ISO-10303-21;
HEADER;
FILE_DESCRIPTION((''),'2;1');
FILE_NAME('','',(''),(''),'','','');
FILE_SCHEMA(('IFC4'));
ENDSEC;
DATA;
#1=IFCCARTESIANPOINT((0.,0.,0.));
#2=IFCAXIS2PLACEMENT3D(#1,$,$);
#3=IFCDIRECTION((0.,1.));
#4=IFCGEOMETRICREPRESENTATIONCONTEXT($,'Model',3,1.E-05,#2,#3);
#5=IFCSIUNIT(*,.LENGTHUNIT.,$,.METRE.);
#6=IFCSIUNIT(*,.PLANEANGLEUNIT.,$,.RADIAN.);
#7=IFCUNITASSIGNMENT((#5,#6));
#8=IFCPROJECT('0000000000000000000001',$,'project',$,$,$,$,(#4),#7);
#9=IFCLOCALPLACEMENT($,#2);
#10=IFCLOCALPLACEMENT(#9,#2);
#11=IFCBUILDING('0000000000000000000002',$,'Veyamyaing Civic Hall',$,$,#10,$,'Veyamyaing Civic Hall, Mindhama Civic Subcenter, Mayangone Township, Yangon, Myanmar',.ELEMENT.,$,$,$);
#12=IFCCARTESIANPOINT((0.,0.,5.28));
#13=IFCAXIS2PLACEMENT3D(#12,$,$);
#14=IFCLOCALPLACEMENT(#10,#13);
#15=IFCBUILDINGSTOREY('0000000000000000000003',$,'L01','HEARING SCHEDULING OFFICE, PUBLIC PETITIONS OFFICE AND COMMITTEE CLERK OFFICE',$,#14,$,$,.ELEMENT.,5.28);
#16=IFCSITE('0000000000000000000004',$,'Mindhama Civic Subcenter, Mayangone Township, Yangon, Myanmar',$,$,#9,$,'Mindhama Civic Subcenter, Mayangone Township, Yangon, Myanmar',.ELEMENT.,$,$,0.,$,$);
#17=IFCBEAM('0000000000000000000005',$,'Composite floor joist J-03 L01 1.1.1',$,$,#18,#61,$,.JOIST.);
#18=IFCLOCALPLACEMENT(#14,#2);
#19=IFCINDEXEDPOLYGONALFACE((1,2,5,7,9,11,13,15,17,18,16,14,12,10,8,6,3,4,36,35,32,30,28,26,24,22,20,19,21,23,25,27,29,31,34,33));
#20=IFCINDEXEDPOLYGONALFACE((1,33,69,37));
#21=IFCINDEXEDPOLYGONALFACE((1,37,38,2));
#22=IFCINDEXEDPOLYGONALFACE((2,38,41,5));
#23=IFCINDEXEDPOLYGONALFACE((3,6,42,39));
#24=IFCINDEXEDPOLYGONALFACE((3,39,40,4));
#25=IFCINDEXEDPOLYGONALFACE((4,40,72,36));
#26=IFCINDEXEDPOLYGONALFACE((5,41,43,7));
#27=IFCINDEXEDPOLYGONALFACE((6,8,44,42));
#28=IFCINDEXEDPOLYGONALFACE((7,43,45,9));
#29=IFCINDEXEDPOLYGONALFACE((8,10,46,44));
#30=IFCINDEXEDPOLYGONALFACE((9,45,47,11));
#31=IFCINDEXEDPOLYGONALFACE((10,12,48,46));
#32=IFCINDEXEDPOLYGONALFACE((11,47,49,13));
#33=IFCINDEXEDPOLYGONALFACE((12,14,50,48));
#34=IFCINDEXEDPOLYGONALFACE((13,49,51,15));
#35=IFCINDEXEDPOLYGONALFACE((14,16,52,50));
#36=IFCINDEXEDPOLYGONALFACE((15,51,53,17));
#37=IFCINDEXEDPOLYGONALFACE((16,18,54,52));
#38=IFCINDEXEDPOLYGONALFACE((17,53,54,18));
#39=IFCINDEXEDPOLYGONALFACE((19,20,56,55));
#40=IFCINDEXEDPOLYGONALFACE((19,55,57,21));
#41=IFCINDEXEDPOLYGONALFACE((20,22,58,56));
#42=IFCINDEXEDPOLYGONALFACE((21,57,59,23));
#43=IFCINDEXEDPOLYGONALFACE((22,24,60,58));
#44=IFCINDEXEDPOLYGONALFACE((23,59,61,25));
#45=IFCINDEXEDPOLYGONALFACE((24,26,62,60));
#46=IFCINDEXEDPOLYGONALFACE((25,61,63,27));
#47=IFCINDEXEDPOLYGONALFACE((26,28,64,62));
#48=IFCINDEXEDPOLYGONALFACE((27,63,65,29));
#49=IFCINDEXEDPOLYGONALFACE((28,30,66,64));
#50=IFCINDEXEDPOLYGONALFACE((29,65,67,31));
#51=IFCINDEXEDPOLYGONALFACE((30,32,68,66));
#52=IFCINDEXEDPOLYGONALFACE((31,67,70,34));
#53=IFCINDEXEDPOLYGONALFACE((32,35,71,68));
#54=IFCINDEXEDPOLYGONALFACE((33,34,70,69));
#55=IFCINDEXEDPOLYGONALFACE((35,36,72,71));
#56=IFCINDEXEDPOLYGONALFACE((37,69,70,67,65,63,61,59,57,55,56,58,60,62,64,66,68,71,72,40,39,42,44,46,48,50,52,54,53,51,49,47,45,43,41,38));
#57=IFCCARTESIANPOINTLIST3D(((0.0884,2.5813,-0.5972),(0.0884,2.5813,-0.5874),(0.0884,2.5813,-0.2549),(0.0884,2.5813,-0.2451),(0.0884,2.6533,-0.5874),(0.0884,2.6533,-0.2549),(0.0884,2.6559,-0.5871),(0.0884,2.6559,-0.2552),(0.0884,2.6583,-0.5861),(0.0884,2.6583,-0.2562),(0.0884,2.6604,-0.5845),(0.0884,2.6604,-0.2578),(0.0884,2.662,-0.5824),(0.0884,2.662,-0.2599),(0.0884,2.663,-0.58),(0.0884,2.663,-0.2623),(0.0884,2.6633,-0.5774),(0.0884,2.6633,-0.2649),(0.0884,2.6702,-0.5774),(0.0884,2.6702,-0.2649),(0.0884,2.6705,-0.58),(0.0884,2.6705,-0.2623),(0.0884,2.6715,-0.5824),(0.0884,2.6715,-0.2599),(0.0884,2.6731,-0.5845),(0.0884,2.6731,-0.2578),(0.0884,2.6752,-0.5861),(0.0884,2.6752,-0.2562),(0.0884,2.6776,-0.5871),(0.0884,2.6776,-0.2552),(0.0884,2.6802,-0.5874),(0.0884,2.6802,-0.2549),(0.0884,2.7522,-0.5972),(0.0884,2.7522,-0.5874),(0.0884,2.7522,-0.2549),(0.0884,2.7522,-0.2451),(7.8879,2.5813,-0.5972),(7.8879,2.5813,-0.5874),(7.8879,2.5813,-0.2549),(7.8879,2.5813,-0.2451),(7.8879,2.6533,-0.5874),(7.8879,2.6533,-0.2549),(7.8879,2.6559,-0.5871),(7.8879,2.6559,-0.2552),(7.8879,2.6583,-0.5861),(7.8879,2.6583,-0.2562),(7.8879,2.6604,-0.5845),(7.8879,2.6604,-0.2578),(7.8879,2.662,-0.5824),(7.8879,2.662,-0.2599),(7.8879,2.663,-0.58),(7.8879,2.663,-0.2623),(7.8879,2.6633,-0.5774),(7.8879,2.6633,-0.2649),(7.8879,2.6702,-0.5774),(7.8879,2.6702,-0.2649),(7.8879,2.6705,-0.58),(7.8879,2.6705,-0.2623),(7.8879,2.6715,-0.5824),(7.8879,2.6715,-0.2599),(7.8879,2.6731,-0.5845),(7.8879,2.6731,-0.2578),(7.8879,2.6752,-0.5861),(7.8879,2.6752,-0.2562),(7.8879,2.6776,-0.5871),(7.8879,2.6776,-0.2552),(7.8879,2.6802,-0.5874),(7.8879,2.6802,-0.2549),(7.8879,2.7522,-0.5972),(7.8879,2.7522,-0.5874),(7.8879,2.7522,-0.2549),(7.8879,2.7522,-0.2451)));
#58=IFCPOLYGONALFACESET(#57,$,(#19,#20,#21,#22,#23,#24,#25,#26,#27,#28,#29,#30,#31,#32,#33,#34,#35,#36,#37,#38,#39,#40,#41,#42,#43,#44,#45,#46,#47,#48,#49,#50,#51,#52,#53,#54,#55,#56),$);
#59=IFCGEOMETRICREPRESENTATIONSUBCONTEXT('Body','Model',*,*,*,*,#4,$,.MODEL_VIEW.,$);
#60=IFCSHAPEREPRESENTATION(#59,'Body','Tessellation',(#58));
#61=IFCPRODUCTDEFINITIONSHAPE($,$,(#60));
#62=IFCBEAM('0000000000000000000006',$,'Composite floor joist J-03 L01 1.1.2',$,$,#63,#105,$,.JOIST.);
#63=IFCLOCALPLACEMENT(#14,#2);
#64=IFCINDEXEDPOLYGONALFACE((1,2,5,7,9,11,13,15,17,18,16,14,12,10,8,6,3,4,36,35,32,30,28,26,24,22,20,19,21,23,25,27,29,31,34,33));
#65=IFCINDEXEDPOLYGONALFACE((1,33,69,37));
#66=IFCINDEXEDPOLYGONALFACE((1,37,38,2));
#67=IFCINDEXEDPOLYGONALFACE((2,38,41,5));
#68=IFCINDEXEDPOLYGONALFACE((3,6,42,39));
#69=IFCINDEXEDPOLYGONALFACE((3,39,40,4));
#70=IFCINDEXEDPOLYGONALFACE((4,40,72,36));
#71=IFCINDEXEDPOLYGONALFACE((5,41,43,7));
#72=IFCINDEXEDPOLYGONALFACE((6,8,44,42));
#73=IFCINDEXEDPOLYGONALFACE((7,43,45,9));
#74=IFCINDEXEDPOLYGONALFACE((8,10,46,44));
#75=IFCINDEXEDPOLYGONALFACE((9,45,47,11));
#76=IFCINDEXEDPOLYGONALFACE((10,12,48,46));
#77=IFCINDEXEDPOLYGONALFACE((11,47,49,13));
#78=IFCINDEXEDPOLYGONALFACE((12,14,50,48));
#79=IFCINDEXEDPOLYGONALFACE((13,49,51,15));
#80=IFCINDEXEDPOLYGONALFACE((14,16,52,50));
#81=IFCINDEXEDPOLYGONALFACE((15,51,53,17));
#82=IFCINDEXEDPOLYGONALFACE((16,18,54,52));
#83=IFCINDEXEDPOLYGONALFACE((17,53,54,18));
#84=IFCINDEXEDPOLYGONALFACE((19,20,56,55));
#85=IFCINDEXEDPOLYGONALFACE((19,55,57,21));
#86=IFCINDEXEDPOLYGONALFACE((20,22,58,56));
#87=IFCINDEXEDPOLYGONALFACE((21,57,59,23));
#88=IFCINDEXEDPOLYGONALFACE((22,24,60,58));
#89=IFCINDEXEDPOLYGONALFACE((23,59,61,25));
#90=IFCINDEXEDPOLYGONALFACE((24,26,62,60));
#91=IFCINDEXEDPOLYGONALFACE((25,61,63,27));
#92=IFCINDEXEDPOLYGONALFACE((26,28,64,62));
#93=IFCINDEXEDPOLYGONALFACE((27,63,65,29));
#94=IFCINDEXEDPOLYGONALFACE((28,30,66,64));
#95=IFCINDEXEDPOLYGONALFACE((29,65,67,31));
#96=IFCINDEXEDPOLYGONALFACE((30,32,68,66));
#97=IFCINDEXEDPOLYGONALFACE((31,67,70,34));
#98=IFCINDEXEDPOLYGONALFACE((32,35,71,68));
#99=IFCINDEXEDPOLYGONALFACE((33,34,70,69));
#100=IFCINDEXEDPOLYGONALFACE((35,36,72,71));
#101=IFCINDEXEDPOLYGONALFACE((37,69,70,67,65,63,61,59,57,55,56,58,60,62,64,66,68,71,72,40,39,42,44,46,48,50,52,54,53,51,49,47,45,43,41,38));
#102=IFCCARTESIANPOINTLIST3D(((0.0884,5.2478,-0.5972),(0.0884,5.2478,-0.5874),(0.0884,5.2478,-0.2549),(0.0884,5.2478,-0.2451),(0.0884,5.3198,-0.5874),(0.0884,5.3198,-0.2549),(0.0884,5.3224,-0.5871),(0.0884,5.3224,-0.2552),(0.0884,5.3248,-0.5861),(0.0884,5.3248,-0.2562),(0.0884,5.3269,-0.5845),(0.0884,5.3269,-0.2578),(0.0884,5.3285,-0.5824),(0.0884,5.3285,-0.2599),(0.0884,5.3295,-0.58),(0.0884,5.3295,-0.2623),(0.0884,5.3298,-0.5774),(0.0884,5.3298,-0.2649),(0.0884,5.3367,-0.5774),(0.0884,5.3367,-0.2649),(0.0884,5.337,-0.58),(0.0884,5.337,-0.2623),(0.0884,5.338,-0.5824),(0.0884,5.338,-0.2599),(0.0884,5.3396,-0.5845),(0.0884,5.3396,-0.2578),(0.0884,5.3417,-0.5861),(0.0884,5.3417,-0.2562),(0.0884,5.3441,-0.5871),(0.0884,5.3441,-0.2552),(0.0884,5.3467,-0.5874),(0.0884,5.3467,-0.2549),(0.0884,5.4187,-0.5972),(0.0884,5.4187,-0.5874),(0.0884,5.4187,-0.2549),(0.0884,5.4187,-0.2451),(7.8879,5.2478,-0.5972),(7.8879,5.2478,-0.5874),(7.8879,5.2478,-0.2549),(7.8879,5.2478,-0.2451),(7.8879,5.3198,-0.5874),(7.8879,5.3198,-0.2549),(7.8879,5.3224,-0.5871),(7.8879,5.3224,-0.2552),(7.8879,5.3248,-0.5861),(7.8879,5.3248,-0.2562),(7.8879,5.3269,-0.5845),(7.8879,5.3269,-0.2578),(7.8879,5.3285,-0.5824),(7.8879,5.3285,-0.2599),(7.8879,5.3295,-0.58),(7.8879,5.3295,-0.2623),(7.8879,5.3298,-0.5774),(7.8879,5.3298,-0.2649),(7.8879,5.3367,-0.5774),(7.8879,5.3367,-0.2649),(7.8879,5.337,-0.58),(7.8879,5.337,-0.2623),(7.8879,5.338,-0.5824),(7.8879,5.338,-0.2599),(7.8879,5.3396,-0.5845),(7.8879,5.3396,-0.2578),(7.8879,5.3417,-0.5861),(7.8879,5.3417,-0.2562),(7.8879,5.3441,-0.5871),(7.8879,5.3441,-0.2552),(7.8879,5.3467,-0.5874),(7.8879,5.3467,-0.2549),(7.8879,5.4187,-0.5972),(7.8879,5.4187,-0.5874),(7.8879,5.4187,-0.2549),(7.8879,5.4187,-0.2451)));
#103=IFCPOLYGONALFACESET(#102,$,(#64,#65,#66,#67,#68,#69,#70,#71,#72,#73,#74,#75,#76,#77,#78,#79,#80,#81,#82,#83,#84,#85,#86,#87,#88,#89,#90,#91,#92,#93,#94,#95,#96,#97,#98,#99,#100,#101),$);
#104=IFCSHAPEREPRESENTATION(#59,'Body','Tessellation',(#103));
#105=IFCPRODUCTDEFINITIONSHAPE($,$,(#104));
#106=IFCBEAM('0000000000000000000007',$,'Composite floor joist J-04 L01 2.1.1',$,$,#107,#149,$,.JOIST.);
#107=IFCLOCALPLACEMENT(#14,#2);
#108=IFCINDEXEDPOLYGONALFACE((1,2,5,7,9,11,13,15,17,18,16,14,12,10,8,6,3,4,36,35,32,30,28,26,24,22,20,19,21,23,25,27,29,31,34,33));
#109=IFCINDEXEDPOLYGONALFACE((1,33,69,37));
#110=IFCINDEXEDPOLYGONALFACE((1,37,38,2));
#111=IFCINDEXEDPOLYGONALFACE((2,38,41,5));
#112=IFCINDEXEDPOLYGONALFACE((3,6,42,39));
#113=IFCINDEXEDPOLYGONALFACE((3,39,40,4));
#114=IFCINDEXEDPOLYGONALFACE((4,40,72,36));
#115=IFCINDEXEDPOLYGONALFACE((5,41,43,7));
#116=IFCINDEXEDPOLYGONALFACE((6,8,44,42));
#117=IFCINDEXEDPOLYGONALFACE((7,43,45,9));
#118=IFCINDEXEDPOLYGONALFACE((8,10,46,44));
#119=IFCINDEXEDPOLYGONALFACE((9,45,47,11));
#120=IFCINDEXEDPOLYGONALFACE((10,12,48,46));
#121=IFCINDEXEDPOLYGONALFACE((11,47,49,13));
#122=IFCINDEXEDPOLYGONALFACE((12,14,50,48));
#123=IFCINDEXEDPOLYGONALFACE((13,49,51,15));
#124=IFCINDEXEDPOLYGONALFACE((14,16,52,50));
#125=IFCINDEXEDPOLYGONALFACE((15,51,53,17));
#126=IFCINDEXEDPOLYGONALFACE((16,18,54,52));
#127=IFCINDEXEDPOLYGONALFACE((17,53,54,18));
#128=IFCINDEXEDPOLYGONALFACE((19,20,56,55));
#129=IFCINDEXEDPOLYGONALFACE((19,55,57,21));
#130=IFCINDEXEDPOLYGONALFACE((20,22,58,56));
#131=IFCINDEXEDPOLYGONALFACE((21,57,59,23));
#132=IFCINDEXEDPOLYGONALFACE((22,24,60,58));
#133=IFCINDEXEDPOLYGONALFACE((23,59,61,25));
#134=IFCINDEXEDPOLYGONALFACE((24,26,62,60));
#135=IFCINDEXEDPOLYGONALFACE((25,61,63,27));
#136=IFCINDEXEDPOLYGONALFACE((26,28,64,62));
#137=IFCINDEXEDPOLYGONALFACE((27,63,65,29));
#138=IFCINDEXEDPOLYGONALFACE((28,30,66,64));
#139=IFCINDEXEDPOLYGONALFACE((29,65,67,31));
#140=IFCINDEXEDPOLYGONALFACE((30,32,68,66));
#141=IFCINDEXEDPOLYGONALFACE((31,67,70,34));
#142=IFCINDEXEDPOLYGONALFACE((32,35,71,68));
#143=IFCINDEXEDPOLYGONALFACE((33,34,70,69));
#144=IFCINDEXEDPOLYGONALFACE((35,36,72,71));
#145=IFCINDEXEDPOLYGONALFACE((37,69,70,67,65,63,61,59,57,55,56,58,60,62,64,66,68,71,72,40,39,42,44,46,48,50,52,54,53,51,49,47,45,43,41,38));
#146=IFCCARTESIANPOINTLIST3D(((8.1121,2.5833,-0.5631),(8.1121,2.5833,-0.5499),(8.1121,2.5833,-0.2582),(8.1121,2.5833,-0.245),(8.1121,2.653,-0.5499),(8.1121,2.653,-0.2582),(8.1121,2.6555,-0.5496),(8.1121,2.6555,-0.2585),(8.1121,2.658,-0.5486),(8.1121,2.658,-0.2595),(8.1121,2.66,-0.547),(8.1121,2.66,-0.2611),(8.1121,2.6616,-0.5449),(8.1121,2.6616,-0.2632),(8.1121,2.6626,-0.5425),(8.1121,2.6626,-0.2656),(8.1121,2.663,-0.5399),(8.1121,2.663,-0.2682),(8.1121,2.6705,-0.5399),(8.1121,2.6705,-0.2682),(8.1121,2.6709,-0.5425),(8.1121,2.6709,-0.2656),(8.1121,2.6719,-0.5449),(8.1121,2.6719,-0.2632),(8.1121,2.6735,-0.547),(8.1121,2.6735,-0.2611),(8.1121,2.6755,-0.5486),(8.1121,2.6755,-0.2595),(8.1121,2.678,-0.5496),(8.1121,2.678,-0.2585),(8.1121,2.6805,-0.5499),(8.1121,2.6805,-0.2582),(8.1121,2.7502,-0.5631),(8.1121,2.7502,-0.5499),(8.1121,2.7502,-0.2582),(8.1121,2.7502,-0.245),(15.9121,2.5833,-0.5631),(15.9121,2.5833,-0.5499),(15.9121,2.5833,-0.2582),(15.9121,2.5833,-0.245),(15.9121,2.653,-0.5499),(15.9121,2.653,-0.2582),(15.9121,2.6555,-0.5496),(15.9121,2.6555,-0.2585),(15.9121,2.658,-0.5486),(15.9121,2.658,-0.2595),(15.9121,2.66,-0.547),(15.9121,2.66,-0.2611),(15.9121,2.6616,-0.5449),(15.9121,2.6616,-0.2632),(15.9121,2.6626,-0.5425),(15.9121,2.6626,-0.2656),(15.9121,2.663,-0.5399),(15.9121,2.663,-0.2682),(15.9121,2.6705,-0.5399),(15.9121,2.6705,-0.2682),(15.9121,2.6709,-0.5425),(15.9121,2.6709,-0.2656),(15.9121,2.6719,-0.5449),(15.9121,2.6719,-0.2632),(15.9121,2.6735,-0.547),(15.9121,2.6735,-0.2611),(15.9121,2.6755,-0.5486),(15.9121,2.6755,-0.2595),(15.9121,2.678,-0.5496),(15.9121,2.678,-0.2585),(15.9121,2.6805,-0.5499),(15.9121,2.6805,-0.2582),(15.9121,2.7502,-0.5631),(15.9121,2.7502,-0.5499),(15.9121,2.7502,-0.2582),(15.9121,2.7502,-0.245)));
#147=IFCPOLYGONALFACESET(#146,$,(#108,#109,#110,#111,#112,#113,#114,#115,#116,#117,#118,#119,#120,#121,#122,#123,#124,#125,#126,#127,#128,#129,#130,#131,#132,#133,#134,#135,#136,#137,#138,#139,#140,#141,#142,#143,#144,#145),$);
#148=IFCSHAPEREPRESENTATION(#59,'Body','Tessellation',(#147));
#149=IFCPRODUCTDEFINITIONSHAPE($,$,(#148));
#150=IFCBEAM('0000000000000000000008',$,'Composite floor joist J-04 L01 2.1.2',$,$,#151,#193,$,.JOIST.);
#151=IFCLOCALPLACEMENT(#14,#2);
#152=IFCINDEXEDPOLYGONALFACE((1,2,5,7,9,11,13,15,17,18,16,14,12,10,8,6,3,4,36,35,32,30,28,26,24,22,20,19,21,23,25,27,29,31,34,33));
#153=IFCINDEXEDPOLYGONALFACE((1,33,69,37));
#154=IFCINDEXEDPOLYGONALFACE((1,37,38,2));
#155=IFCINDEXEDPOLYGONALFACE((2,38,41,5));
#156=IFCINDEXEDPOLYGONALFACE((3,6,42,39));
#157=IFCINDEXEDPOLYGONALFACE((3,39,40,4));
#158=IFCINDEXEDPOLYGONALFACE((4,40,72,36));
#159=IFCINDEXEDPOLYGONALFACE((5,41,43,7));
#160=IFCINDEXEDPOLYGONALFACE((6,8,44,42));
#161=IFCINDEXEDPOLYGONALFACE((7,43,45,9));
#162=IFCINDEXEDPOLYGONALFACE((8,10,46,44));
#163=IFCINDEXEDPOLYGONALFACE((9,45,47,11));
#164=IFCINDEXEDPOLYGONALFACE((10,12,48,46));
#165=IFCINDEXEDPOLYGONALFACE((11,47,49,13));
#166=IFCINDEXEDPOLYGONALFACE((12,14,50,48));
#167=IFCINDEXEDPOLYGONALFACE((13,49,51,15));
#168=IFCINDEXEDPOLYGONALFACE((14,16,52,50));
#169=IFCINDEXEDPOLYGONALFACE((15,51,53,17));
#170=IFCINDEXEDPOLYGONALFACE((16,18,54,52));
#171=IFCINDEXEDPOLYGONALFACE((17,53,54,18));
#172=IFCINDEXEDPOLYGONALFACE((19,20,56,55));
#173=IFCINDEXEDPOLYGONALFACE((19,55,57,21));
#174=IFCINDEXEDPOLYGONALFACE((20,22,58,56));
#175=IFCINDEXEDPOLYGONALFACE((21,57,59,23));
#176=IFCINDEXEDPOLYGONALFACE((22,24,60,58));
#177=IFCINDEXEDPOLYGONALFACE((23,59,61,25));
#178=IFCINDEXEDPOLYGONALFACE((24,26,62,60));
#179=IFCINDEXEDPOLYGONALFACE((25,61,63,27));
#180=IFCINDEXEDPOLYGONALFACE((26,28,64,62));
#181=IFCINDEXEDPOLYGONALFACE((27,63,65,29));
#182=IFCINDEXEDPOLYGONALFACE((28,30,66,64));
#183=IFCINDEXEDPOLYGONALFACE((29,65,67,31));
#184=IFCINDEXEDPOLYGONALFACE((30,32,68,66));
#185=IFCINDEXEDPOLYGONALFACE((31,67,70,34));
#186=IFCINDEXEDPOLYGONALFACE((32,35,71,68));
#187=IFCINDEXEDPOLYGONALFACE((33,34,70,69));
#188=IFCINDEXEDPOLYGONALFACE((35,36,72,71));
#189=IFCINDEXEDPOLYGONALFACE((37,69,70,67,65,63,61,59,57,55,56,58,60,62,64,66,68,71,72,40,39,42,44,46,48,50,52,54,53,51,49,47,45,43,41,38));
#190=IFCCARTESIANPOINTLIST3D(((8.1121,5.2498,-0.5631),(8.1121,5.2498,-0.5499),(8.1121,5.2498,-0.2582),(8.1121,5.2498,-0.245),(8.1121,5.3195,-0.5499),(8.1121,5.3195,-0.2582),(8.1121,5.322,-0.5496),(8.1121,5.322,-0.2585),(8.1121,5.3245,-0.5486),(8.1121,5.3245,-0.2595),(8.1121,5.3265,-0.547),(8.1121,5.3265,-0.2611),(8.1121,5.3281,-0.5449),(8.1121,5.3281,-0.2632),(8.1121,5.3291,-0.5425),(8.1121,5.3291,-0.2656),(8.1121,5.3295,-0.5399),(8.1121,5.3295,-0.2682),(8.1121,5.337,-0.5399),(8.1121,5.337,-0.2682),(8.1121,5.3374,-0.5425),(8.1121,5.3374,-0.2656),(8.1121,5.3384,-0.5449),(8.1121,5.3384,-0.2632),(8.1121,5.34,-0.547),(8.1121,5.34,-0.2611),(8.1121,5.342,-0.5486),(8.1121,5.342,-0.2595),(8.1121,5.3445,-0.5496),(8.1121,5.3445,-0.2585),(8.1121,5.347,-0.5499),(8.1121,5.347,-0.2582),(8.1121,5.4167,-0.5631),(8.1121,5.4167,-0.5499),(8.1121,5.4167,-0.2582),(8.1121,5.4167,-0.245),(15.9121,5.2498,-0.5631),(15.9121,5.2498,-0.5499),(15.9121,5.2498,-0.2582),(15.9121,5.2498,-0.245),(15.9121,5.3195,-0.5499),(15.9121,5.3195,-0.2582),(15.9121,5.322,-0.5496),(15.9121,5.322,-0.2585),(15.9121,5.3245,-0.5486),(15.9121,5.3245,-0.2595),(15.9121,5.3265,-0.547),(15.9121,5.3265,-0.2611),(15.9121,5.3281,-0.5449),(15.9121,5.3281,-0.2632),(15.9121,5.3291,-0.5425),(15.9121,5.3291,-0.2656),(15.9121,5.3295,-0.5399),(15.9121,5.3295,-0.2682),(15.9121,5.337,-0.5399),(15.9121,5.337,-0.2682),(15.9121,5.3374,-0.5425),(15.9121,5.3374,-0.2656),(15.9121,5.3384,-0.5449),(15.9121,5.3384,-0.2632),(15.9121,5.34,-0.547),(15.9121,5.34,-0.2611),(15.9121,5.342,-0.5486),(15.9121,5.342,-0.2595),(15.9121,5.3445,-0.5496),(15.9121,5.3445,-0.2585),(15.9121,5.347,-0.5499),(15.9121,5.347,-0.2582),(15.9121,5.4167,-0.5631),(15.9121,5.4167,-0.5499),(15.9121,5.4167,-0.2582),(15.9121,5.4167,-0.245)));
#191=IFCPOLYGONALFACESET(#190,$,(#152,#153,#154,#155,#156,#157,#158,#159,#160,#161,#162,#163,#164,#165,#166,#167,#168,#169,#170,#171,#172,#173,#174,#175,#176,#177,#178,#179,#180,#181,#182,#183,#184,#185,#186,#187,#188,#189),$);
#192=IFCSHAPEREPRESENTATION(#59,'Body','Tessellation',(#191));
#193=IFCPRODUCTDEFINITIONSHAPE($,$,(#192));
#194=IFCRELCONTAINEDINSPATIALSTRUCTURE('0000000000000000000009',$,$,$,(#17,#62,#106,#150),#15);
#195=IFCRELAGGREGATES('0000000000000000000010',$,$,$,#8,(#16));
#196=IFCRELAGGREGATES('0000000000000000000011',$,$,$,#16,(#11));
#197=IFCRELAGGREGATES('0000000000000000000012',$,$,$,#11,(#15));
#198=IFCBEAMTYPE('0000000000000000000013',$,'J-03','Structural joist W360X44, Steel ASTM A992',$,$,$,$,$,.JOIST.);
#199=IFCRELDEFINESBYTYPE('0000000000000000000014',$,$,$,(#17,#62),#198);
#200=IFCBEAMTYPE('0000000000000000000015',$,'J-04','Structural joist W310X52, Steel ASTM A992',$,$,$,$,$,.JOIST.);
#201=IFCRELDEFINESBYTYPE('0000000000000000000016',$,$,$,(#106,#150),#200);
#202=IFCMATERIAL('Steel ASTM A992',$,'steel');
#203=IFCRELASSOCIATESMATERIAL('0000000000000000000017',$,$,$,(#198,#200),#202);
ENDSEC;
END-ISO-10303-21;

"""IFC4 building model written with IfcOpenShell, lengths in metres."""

from ifc_helpers import new_model, si_unit, direction, frame, origin, origin_2d, place, context, subcontext, project, spatial, i_section, extrude, material, material_profile, profile_set, type_object, element, save


model = new_model("IFC4")

# Units and contexts
model_context = context("Model", 3, precision=1e-05, world=origin(), true_north=direction((0.0, 1.0)))
body_context = subcontext(model_context, "Body", "Model", "MODEL_VIEW")
ifc_project = project(units=[si_unit("LENGTHUNIT", "METRE"), si_unit("PLANEANGLEUNIT", "RADIAN")], contexts=[model_context])

# Site, building, storey
site_placement = place(None, origin())
site = spatial("IfcSite", under=ifc_project, at=site_placement, Name="Mindhama Civic Subcenter, Mayangone Township, Yangon, Myanmar", LongName="Mindhama Civic Subcenter, Mayangone Township, Yangon, Myanmar", CompositionType="ELEMENT", RefElevation=0.0)
building_placement = place(site_placement, origin())
building = spatial("IfcBuilding", under=site, at=building_placement, Name="Veyamyaing Civic Hall", LongName="Veyamyaing Civic Hall, Mindhama Civic Subcenter, Mayangone Township, Yangon, Myanmar", CompositionType="ELEMENT")
storey_placement = place(building_placement, frame((0.0, 0.0, 5.28)))
storey = spatial("IfcBuildingStorey", under=building, at=storey_placement, Name="L01", Description="HEARING SCHEDULING OFFICE, PUBLIC PETITIONS OFFICE AND COMMITTEE CLERK OFFICE", CompositionType="ELEMENT", Elevation=5.28)

# Beams
ifc_material_1 = material(Name="Steel ASTM A992", Category="steel")
ifc_material_profile_1 = material_profile(ifc_material_1, i_section(OverallWidth=0.1709, OverallDepth=0.3521, WebThickness=0.0068, FlangeThickness=0.0098, FilletRadius=0.01, at=origin_2d()), Name="W360X44")
ifc_profile_set_1 = profile_set([ifc_material_profile_1], Name="Steel ASTM A992")
beam_type_1 = type_object("IfcBeamType", Name="J-03", Description="Structural joist W360X44, Steel ASTM A992", PredefinedType="JOIST", material=ifc_profile_set_1)
for number, where, z_axis, x_axis, name in (
    (1, (0.0884, 2.6667, -0.4211), (1.0, 0.0, 0.0), (0.0, 1.0, 0.0), "Composite floor joist J-03 L01 1.1.1"),
    (2, (0.0884, 5.3333, -0.4211), (1.0, 0.0, 0.0), (0.0, 1.0, 0.0), "Composite floor joist J-03 L01 1.1.2"),
):
    element("IfcBeam", number, at=place(storey_placement, frame(where, z_axis=z_axis, x_axis=x_axis)), inside=storey, type_object=beam_type_1, Name=name, PredefinedType="JOIST", context=body_context, shape_type="SweptSolid", body=[
        extrude(i_section(OverallWidth=0.1709, OverallDepth=0.3521, WebThickness=0.0068, FlangeThickness=0.0098, FilletRadius=0.01, at=origin_2d()), origin(), (0.0, 0.0, 1.0), 7.7996),
    ])
ifc_material_profile_2 = material_profile(ifc_material_1, i_section(OverallWidth=0.167, OverallDepth=0.3181, WebThickness=0.0076, FlangeThickness=0.0132, FilletRadius=0.01, at=origin_2d()), Name="W310X52")
ifc_profile_set_2 = profile_set([ifc_material_profile_2], Name="Steel ASTM A992")
beam_type_2 = type_object("IfcBeamType", Name="J-04", Description="Structural joist W310X52, Steel ASTM A992", PredefinedType="JOIST", material=ifc_profile_set_2)
for number, where, z_axis, x_axis, name in (
    (3, (8.1121, 2.6667, -0.4041), (1.0, 0.0, 0.0), (0.0, 1.0, 0.0), "Composite floor joist J-04 L01 2.1.1"),
    (4, (8.1121, 5.3333, -0.4041), (1.0, 0.0, 0.0), (0.0, 1.0, 0.0), "Composite floor joist J-04 L01 2.1.2"),
):
    element("IfcBeam", number, at=place(storey_placement, frame(where, z_axis=z_axis, x_axis=x_axis)), inside=storey, type_object=beam_type_2, Name=name, PredefinedType="JOIST", context=body_context, shape_type="SweptSolid", body=[
        extrude(i_section(OverallWidth=0.167, OverallDepth=0.3181, WebThickness=0.0076, FlangeThickness=0.0132, FilletRadius=0.01, at=origin_2d()), origin(), (0.0, 0.0, 1.0), 7.8),
    ])

save(model, "model.ifc")
